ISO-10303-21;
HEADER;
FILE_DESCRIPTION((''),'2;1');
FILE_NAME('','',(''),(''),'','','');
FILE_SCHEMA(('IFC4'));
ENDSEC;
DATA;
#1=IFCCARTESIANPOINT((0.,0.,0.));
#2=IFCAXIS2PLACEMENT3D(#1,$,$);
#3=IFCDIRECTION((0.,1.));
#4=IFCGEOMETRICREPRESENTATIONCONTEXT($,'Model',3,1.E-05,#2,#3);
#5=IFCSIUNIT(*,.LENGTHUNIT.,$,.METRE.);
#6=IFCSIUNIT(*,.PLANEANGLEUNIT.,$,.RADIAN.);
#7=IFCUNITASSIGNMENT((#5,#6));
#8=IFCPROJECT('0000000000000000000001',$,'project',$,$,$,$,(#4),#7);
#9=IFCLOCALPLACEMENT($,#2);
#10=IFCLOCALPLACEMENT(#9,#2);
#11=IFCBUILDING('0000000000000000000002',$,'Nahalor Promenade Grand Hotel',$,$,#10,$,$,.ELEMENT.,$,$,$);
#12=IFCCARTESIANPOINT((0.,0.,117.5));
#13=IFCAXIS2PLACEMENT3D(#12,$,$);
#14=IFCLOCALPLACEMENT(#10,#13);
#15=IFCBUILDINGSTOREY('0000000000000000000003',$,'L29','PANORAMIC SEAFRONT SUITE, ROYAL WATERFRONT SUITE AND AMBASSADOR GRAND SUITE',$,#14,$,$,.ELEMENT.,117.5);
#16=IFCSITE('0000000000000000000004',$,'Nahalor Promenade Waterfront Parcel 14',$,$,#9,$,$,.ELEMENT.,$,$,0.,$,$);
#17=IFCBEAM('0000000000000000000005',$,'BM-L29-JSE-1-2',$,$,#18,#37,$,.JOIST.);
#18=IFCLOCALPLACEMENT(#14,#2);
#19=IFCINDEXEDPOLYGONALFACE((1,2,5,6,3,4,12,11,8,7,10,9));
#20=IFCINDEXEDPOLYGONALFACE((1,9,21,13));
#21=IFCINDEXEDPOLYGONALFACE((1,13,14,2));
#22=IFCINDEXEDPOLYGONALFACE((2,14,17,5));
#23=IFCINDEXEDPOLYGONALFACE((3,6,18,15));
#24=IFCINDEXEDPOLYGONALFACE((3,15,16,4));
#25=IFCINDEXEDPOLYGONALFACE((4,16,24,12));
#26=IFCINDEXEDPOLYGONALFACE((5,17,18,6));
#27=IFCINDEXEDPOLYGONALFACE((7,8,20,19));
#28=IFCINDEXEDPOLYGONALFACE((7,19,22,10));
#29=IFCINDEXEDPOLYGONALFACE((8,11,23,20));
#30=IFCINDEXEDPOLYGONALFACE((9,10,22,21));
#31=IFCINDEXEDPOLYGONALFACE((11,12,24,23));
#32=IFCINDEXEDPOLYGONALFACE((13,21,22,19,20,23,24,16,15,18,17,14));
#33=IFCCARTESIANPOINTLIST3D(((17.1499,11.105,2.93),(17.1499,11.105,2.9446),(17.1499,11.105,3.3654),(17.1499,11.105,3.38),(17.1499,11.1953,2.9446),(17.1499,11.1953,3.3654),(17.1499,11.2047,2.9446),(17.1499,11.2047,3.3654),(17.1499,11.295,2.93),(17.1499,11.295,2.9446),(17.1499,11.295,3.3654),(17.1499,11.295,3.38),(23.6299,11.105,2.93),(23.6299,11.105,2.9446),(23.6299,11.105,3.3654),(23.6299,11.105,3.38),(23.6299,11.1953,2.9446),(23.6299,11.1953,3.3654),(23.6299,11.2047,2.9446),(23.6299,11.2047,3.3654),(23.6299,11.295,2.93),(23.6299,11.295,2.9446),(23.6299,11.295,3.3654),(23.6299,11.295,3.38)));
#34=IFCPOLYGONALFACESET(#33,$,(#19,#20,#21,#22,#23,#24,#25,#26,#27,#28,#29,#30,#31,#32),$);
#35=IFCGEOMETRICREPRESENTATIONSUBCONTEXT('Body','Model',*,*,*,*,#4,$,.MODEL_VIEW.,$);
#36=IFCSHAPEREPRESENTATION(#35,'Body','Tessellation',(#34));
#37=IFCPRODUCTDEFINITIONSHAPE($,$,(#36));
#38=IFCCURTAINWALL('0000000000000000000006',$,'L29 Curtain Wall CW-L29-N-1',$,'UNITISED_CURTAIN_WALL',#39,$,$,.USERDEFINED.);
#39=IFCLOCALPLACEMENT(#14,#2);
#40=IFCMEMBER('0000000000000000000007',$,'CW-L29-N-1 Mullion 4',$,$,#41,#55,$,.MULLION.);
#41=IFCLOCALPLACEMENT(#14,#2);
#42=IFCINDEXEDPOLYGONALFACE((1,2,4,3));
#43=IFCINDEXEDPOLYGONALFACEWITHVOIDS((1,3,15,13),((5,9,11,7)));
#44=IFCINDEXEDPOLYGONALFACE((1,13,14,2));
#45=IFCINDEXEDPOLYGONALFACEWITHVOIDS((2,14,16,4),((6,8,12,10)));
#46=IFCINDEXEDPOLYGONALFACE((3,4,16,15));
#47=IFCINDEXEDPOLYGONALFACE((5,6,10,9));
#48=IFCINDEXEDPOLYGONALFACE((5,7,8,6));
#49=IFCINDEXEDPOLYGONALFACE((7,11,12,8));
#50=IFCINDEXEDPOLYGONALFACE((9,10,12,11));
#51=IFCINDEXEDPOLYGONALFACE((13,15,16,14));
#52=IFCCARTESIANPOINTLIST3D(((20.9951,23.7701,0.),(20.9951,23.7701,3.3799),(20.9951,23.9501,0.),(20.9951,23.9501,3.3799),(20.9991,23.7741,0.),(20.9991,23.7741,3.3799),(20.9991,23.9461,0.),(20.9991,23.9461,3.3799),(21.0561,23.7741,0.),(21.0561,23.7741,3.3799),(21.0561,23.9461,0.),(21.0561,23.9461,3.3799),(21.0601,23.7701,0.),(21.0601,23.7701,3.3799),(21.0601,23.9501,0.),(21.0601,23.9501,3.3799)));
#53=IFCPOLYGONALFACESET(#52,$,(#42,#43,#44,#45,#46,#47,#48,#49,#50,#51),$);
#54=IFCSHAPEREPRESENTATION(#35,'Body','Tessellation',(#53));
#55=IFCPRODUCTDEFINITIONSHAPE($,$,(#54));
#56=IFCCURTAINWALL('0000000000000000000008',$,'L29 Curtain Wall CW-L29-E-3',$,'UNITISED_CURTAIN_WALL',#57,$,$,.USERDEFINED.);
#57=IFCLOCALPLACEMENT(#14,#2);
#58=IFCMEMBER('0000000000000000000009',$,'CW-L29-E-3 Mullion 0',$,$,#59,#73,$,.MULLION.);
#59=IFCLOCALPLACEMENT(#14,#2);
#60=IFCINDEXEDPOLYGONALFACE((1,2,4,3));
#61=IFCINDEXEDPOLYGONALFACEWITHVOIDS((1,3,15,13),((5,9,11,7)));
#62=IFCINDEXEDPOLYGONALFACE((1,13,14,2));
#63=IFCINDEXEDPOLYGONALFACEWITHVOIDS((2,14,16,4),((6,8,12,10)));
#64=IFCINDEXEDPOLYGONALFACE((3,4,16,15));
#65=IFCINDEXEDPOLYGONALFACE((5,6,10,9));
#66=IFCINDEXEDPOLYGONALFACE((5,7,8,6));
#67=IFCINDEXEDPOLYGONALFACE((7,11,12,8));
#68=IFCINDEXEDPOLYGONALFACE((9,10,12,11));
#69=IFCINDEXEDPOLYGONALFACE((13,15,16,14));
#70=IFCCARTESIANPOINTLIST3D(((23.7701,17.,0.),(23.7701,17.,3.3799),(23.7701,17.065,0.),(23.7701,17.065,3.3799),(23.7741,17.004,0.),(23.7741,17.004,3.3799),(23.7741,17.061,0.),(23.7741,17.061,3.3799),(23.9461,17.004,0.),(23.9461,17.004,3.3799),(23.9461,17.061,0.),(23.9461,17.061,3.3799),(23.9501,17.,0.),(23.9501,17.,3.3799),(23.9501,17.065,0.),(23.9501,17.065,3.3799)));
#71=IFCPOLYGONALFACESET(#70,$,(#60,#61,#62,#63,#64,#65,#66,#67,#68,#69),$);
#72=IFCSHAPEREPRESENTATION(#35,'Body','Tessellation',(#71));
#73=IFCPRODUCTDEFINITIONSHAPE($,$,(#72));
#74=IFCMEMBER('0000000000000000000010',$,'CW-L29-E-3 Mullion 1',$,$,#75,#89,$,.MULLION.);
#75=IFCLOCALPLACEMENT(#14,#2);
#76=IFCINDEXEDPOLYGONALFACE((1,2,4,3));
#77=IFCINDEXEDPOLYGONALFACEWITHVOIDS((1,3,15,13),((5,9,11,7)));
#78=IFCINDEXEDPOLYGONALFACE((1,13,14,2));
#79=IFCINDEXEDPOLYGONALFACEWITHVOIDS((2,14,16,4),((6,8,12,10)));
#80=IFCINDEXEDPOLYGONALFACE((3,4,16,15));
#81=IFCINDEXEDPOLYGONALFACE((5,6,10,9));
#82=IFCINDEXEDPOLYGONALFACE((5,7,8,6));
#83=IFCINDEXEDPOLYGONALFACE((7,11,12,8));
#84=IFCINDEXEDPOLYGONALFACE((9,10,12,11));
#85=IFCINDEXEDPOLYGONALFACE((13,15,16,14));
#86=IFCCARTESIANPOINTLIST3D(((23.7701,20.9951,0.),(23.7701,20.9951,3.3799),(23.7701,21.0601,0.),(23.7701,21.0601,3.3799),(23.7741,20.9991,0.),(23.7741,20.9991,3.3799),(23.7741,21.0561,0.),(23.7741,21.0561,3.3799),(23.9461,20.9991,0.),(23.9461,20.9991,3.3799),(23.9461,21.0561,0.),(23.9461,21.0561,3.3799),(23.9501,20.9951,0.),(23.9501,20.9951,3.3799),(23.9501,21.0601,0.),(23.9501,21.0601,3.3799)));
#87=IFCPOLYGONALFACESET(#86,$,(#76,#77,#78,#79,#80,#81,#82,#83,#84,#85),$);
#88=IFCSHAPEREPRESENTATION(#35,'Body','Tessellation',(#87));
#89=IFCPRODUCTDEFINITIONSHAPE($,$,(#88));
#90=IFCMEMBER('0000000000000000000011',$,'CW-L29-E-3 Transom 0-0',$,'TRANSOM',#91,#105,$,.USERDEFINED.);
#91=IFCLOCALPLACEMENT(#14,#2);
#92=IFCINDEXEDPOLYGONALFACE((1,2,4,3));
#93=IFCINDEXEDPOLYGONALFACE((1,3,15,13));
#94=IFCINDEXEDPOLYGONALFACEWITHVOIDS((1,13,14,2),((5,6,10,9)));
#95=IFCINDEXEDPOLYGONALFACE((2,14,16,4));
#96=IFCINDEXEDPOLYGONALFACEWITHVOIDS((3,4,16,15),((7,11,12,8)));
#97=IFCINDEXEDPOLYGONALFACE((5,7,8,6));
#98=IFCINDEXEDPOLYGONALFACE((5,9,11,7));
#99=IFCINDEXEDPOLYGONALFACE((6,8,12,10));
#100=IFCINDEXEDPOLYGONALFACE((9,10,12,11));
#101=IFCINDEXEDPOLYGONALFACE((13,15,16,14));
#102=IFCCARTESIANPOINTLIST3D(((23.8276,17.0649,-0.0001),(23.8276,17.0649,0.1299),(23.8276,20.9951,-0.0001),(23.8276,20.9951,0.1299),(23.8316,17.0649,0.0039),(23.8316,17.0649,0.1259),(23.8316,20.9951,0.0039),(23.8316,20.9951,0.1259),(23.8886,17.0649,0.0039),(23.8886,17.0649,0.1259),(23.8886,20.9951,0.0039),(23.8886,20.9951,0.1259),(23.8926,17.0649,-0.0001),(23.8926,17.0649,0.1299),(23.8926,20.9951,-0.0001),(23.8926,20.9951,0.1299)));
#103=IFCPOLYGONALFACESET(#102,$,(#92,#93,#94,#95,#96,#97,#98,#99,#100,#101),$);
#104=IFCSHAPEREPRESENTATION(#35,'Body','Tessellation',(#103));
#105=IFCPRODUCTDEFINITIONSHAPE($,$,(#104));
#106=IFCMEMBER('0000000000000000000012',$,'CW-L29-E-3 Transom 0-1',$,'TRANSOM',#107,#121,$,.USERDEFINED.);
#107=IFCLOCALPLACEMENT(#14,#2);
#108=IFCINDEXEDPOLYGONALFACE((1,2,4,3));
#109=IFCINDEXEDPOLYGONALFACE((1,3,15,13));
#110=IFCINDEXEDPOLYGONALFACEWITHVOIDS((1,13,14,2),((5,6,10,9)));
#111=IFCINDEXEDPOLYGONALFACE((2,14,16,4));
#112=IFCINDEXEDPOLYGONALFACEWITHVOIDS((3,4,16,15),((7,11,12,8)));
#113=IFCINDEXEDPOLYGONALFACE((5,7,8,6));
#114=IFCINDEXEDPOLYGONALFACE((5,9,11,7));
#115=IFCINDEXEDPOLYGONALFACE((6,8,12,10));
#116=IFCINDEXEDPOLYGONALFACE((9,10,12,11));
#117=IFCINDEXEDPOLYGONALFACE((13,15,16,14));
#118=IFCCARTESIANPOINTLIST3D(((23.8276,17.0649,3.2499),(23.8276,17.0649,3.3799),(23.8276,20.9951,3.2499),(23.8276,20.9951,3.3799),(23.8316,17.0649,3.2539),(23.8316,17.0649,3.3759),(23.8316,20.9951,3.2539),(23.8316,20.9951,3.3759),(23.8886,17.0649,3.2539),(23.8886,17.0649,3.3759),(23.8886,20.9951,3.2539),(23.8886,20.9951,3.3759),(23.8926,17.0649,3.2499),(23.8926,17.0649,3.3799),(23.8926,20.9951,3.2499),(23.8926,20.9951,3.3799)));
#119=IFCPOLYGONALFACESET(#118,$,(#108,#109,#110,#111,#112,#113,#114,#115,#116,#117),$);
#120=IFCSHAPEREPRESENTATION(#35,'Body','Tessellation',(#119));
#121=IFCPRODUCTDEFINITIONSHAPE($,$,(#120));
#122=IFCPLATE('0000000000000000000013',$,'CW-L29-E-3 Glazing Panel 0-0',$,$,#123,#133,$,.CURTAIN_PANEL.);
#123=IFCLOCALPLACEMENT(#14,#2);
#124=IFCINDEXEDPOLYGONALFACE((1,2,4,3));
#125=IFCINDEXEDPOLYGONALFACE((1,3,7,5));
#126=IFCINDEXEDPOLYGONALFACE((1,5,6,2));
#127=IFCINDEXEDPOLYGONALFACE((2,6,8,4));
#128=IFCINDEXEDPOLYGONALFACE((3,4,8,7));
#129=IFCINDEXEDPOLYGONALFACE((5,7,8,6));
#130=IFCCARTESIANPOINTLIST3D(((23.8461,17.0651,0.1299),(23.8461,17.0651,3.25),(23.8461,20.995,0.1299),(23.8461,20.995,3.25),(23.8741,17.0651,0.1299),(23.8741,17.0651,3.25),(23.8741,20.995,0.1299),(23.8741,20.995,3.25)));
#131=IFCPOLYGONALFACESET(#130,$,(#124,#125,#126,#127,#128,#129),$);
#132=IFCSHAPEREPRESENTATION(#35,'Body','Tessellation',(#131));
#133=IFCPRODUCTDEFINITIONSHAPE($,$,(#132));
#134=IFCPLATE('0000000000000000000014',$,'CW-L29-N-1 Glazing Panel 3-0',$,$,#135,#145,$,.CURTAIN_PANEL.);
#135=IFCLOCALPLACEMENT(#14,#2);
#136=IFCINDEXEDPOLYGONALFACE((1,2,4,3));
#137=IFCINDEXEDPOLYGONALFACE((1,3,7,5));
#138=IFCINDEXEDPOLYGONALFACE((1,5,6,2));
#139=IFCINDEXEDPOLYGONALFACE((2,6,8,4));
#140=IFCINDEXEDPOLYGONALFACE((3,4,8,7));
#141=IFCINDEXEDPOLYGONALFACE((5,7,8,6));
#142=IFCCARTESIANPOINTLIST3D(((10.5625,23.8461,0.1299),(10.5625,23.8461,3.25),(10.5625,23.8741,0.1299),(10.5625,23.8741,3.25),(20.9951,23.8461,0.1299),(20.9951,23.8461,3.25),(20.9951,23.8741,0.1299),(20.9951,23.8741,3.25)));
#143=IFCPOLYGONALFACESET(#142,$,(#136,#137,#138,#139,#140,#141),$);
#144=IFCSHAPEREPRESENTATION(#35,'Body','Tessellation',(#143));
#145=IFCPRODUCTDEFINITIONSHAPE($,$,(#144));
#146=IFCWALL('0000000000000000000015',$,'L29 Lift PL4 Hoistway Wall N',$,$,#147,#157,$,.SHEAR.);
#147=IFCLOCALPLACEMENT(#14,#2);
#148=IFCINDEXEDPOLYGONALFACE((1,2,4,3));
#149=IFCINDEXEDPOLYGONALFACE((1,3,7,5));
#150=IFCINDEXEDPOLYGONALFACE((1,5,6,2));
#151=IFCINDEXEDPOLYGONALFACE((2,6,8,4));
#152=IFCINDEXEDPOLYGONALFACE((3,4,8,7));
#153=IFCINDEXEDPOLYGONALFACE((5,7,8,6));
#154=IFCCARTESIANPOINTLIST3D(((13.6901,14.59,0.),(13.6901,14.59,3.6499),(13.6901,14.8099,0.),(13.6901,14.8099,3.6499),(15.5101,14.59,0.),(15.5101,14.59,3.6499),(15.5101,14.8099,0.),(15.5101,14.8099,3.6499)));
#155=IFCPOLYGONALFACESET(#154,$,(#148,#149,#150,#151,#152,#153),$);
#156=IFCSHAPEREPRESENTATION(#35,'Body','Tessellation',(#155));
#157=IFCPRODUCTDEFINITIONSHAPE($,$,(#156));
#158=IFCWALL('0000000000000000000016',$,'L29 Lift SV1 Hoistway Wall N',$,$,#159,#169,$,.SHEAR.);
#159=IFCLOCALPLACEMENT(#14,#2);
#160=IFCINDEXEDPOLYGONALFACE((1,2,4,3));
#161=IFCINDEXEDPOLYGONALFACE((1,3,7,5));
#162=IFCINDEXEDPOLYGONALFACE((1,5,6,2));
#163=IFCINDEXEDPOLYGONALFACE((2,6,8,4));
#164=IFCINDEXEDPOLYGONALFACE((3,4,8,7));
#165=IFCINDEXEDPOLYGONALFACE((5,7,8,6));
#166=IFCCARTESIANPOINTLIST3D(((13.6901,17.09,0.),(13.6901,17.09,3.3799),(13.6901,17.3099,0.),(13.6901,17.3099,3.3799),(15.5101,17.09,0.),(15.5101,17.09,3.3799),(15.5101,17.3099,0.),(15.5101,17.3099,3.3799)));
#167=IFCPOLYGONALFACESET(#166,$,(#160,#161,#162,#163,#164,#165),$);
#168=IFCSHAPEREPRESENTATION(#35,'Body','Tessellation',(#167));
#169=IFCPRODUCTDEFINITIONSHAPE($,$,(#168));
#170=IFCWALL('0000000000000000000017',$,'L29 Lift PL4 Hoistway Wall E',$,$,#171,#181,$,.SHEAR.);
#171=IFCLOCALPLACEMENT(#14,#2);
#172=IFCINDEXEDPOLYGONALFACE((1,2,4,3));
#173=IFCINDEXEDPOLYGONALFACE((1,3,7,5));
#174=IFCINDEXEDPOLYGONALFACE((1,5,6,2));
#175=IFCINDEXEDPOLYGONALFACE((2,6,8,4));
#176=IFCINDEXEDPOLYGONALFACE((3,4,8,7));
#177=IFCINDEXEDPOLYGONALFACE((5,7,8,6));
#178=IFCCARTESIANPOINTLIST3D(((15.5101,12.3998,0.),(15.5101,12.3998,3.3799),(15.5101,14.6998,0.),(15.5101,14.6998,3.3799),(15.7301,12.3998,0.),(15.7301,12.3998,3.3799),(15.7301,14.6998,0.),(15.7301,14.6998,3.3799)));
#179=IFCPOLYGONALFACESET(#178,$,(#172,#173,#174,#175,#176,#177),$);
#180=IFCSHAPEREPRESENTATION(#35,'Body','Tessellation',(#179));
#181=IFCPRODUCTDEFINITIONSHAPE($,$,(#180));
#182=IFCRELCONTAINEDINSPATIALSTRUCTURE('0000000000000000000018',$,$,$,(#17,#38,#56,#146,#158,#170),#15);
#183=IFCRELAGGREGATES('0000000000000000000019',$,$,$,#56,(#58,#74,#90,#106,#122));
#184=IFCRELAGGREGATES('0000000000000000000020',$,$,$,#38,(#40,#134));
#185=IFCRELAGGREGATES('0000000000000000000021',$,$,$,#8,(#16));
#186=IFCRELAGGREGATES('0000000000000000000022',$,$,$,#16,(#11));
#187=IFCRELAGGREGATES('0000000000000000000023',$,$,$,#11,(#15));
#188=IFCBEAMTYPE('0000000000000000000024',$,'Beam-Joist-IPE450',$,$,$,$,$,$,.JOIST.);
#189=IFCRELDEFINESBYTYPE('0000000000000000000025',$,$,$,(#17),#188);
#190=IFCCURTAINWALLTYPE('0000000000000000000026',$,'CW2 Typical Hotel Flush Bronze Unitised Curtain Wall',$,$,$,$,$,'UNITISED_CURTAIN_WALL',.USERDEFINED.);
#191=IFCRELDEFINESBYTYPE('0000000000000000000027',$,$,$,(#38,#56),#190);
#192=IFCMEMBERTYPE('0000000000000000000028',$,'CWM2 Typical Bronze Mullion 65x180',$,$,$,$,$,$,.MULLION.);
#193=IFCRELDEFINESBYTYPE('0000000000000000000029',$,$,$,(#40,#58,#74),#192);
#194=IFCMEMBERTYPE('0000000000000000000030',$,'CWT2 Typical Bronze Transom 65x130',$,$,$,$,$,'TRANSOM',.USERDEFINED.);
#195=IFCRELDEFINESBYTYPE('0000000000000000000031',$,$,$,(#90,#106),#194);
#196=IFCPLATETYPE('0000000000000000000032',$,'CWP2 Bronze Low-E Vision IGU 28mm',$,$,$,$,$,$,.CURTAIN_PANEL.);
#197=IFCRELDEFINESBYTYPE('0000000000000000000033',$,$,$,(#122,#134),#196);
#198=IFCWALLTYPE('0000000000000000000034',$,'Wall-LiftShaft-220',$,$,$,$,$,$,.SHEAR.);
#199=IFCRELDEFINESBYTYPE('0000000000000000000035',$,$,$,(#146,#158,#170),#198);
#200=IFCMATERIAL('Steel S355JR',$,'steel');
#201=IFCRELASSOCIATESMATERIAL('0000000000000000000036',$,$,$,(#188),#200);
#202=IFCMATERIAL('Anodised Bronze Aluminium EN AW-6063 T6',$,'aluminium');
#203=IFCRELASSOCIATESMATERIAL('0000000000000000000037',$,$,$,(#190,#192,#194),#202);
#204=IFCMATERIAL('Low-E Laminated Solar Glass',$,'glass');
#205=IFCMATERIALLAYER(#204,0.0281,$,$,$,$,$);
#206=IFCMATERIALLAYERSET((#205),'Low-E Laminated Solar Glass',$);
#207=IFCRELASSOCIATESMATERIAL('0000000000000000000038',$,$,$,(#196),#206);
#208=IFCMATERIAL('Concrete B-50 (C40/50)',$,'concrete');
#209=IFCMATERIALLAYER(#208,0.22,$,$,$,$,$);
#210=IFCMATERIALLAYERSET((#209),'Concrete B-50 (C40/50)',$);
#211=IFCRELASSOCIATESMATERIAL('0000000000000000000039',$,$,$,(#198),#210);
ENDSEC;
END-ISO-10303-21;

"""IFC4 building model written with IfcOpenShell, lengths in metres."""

from ifc_helpers import new_model, si_unit, direction, frame, frame_2d, origin, origin_2d, place, context, subcontext, project, spatial, rectangle, hollow_rectangle, i_section, extrude, source, transform, mapped, material, layer, layer_set, material_profile, profile_set, type_object, element, aggregate, save


model = new_model("IFC4")

# Units and contexts
model_context = context("Model", 3, precision=1e-05, world=origin(), true_north=direction((0.0, 1.0)))
body_context = subcontext(model_context, "Body", "Model", "MODEL_VIEW")
ifc_project = project(units=[si_unit("LENGTHUNIT", "METRE"), si_unit("PLANEANGLEUNIT", "RADIAN")], contexts=[model_context])

# Site, building, storey
site_placement = place(None, origin())
site = spatial("IfcSite", under=ifc_project, at=site_placement, Name="Nahalor Promenade Waterfront Parcel 14", CompositionType="ELEMENT", RefElevation=0.0)
building_placement = place(site_placement, origin())
building = spatial("IfcBuilding", under=site, at=building_placement, Name="Nahalor Promenade Grand Hotel", CompositionType="ELEMENT")
storey_placement = place(building_placement, frame((0.0, 0.0, 117.5)))
storey = spatial("IfcBuildingStorey", under=building, at=storey_placement, Name="L29", Description="PANORAMIC SEAFRONT SUITE, ROYAL WATERFRONT SUITE AND AMBASSADOR GRAND SUITE", CompositionType="ELEMENT", Elevation=117.5)

# Beam
ifc_material_1 = material(Name="Steel S355JR", Category="steel")
ifc_material_profile_1 = material_profile(ifc_material_1, i_section(OverallWidth=0.19, OverallDepth=0.45, WebThickness=0.0094, FlangeThickness=0.0146, at=origin_2d()), Name="IPE 450")
ifc_profile_set_1 = profile_set([ifc_material_profile_1], Name="Steel S355JR")
beam_type_1 = type_object("IfcBeamType", Name="Beam-Joist-IPE450", PredefinedType="JOIST", material=ifc_profile_set_1)
shared_shape_1 = source(origin(), body_context, "Body", "SweptSolid", [
    extrude(i_section(OverallWidth=0.19, OverallDepth=0.45, WebThickness=0.0094, FlangeThickness=0.0146, at=origin_2d()), origin(), (0.0, 0.0, 1.0), 6.48),
])
beam_1_placement = place(storey_placement, frame((17.1499, 11.2, 3.155), z_axis=(1.0, 0.0, 0.0), x_axis=(0.0, 1.0, 0.0)))
element("IfcBeam", 1, at=beam_1_placement, inside=storey, type_object=beam_type_1, Name="BM-L29-JSE-1-2", PredefinedType="JOIST", context=body_context, shape_type="MappedRepresentation", body=[
    mapped(shared_shape_1, transform((0.0, 0.0, 0.0), scale=1.0)),
])

# Curtain wall, member
ifc_material_2 = material(Name="Anodised Bronze Aluminium EN AW-6063 T6", Category="aluminium")
curtain_wall_type = type_object("IfcCurtainWallType", Name="CW2 Typical Hotel Flush Bronze Unitised Curtain Wall", ElementType="UNITISED_CURTAIN_WALL", PredefinedType="USERDEFINED", material=ifc_material_2)
curtain_wall_1_placement = place(storey_placement, origin())
curtain_wall_1 = element("IfcCurtainWall", 2, at=curtain_wall_1_placement, inside=storey, type_object=curtain_wall_type, Name="L29 Curtain Wall CW-L29-N-1", ObjectType="UNITISED_CURTAIN_WALL", PredefinedType="USERDEFINED")
ifc_material_profile_2 = material_profile(ifc_material_2, hollow_rectangle(XDim=0.065, YDim=0.18, WallThickness=0.004, at=origin_2d()), Name="CWM 65x180x4")
ifc_profile_set_2 = profile_set([ifc_material_profile_2], Name="Anodised Bronze Aluminium EN AW-6063 T6")
member_type_1 = type_object("IfcMemberType", Name="CWM2 Typical Bronze Mullion 65x180", PredefinedType="MULLION", material=ifc_profile_set_2)
shared_shape_2 = source(origin(), body_context, "Body", "SweptSolid", [
    extrude(hollow_rectangle(XDim=0.065, YDim=0.18, WallThickness=0.004, at=origin_2d()), origin(), (0.0, 0.0, 1.0), 3.3799),
])
member_1_placement = place(storey_placement, frame((21.0276, 23.8601, 0.0), z_axis=(0.0, 0.0, 1.0), x_axis=(1.0, 0.0, 0.0)))
member_1 = element("IfcMember", 3, at=member_1_placement, type_object=member_type_1, Name="CW-L29-N-1 Mullion 4", PredefinedType="MULLION", context=body_context, shape_type="MappedRepresentation", body=[
    mapped(shared_shape_2, transform((0.0, 0.0, 0.0), scale=1.0)),
])

# Curtain wall, members, plate
curtain_wall_2_placement = place(storey_placement, origin())
curtain_wall_2 = element("IfcCurtainWall", 4, at=curtain_wall_2_placement, inside=storey, type_object=curtain_wall_type, Name="L29 Curtain Wall CW-L29-E-3", ObjectType="UNITISED_CURTAIN_WALL", PredefinedType="USERDEFINED")
member_2_placement = place(storey_placement, frame((23.8601, 17.0325, 0.0), z_axis=(0.0, 0.0, 1.0), x_axis=(0.0, 1.0, 0.0)))
member_2 = element("IfcMember", 5, at=member_2_placement, type_object=member_type_1, Name="CW-L29-E-3 Mullion 0", PredefinedType="MULLION", context=body_context, shape_type="MappedRepresentation", body=[
    mapped(shared_shape_2, transform((0.0, 0.0, 0.0), scale=1.0)),
])
member_3_placement = place(storey_placement, frame((23.8601, 21.0276, 0.0), z_axis=(0.0, 0.0, 1.0), x_axis=(0.0, 1.0, 0.0)))
member_3 = element("IfcMember", 6, at=member_3_placement, type_object=member_type_1, Name="CW-L29-E-3 Mullion 1", PredefinedType="MULLION", context=body_context, shape_type="MappedRepresentation", body=[
    mapped(shared_shape_2, transform((0.0, 0.0, 0.0), scale=1.0)),
])
ifc_material_profile_3 = material_profile(ifc_material_2, hollow_rectangle(XDim=0.065, YDim=0.13, WallThickness=0.004, at=origin_2d()), Name="CWT 65x130x4")
ifc_profile_set_3 = profile_set([ifc_material_profile_3], Name="Anodised Bronze Aluminium EN AW-6063 T6")
member_type_2 = type_object("IfcMemberType", Name="CWT2 Typical Bronze Transom 65x130", ElementType="TRANSOM", PredefinedType="USERDEFINED", material=ifc_profile_set_3)
shared_shape_3 = source(origin(), body_context, "Body", "SweptSolid", [
    extrude(hollow_rectangle(XDim=0.065, YDim=0.13, WallThickness=0.004, at=origin_2d()), origin(), (0.0, 0.0, 1.0), 3.9302),
])
member_4_placement = place(storey_placement, frame((23.8601, 17.0649, 0.0649), z_axis=(0.0, 1.0, 0.0), x_axis=(-1.0, 0.0, 0.0)))
member_4 = element("IfcMember", 7, at=member_4_placement, type_object=member_type_2, Name="CW-L29-E-3 Transom 0-0", ObjectType="TRANSOM", PredefinedType="USERDEFINED", context=body_context, shape_type="MappedRepresentation", body=[
    mapped(shared_shape_3, transform((0.0, 0.0, 0.0), scale=1.0)),
])
member_5_placement = place(storey_placement, frame((23.8601, 17.0649, 3.3149), z_axis=(0.0, 1.0, 0.0), x_axis=(-1.0, 0.0, 0.0)))
member_5 = element("IfcMember", 8, at=member_5_placement, type_object=member_type_2, Name="CW-L29-E-3 Transom 0-1", ObjectType="TRANSOM", PredefinedType="USERDEFINED", context=body_context, shape_type="MappedRepresentation", body=[
    mapped(shared_shape_3, transform((0.0, 0.0, 0.0), scale=1.0)),
])
ifc_material_3 = material(Name="Low-E Laminated Solar Glass", Category="glass")
ifc_layer_1 = layer(ifc_material_3, 0.0281)
ifc_layer_set_1 = layer_set([ifc_layer_1], Name="Low-E Laminated Solar Glass")
plate_type = type_object("IfcPlateType", Name="CWP2 Bronze Low-E Vision IGU 28mm", PredefinedType="CURTAIN_PANEL", material=ifc_layer_set_1)
shared_shape_4 = source(origin(), body_context, "Body", "SweptSolid", [
    extrude(rectangle(XDim=3.9299, YDim=0.0281, at=origin_2d()), origin(), (0.0, 0.0, 1.0), 3.1201),
])
plate_1_placement = place(storey_placement, frame((23.8601, 19.03, 0.1299), z_axis=(0.0, 0.0, 1.0), x_axis=(0.0, 1.0, 0.0)))
plate_1 = element("IfcPlate", 9, at=plate_1_placement, type_object=plate_type, Name="CW-L29-E-3 Glazing Panel 0-0", PredefinedType="CURTAIN_PANEL", context=body_context, shape_type="MappedRepresentation", body=[
    mapped(shared_shape_4, transform((0.0, 0.0, 0.0), scale=1.0)),
])
aggregate(curtain_wall_2, [member_2, member_3, member_4, member_5, plate_1])

# Plate
shared_shape_5 = source(origin(), body_context, "Body", "SweptSolid", [
    extrude(rectangle(XDim=10.4326, YDim=0.0281, at=origin_2d()), origin(), (0.0, 0.0, 1.0), 3.1201),
])
plate_2_placement = place(storey_placement, frame((15.7788, 23.8601, 0.1299), z_axis=(0.0, 0.0, 1.0), x_axis=(1.0, 0.0, 0.0)))
plate_2 = element("IfcPlate", 10, at=plate_2_placement, type_object=plate_type, Name="CW-L29-N-1 Glazing Panel 3-0", PredefinedType="CURTAIN_PANEL", context=body_context, shape_type="MappedRepresentation", body=[
    mapped(shared_shape_5, transform((0.0, 0.0, 0.0), scale=1.0)),
])
aggregate(curtain_wall_1, [member_1, plate_2])

# Walls
ifc_material_4 = material(Name="Concrete B-50 (C40/50)", Category="concrete")
ifc_layer_2 = layer(ifc_material_4, 0.22)
ifc_layer_set_2 = layer_set([ifc_layer_2], Name="Concrete B-50 (C40/50)")
wall_type_1 = type_object("IfcWallType", Name="Wall-LiftShaft-220", PredefinedType="SHEAR", material=ifc_layer_set_2)
shared_shape_6 = source(origin(), body_context, "Body", "SweptSolid", [
    extrude(rectangle(XDim=1.8201, YDim=0.22, at=frame_2d((0.9102, 0.0))), origin(), (0.0, 0.0, 1.0), 3.6499),
])
wall_1_placement = place(storey_placement, frame((13.6899, 14.7, 0.0), z_axis=(0.0, 0.0, 1.0), x_axis=(1.0, 0.0, 0.0)))
element("IfcWall", 11, at=wall_1_placement, inside=storey, type_object=wall_type_1, Name="L29 Lift PL4 Hoistway Wall N", PredefinedType="SHEAR", context=body_context, shape_type="MappedRepresentation", body=[
    mapped(shared_shape_6, transform((0.0, 0.0, 0.0), scale=1.0)),
])
shared_shape_7 = source(origin(), body_context, "Body", "SweptSolid", [
    extrude(rectangle(XDim=1.8201, YDim=0.22, at=frame_2d((0.9102, 0.0))), origin(), (0.0, 0.0, 1.0), 3.3799),
])
wall_2_placement = place(storey_placement, frame((13.6899, 17.2, 0.0), z_axis=(0.0, 0.0, 1.0), x_axis=(1.0, 0.0, 0.0)))
element("IfcWall", 12, at=wall_2_placement, inside=storey, type_object=wall_type_1, Name="L29 Lift SV1 Hoistway Wall N", PredefinedType="SHEAR", context=body_context, shape_type="MappedRepresentation", body=[
    mapped(shared_shape_7, transform((0.0, 0.0, 0.0), scale=1.0)),
])
shared_shape_8 = source(origin(), body_context, "Body", "SweptSolid", [
    extrude(rectangle(XDim=2.3, YDim=0.22, at=frame_2d((1.1499, 0.0))), origin(), (0.0, 0.0, 1.0), 3.3799),
])
wall_3_placement = place(storey_placement, frame((15.6201, 12.3999, 0.0), z_axis=(0.0, 0.0, 1.0), x_axis=(0.0, 1.0, 0.0)))
element("IfcWall", 13, at=wall_3_placement, inside=storey, type_object=wall_type_1, Name="L29 Lift PL4 Hoistway Wall E", PredefinedType="SHEAR", context=body_context, shape_type="MappedRepresentation", body=[
    mapped(shared_shape_8, transform((0.0, 0.0, 0.0), scale=1.0)),
])

save(model, "model.ifc")
